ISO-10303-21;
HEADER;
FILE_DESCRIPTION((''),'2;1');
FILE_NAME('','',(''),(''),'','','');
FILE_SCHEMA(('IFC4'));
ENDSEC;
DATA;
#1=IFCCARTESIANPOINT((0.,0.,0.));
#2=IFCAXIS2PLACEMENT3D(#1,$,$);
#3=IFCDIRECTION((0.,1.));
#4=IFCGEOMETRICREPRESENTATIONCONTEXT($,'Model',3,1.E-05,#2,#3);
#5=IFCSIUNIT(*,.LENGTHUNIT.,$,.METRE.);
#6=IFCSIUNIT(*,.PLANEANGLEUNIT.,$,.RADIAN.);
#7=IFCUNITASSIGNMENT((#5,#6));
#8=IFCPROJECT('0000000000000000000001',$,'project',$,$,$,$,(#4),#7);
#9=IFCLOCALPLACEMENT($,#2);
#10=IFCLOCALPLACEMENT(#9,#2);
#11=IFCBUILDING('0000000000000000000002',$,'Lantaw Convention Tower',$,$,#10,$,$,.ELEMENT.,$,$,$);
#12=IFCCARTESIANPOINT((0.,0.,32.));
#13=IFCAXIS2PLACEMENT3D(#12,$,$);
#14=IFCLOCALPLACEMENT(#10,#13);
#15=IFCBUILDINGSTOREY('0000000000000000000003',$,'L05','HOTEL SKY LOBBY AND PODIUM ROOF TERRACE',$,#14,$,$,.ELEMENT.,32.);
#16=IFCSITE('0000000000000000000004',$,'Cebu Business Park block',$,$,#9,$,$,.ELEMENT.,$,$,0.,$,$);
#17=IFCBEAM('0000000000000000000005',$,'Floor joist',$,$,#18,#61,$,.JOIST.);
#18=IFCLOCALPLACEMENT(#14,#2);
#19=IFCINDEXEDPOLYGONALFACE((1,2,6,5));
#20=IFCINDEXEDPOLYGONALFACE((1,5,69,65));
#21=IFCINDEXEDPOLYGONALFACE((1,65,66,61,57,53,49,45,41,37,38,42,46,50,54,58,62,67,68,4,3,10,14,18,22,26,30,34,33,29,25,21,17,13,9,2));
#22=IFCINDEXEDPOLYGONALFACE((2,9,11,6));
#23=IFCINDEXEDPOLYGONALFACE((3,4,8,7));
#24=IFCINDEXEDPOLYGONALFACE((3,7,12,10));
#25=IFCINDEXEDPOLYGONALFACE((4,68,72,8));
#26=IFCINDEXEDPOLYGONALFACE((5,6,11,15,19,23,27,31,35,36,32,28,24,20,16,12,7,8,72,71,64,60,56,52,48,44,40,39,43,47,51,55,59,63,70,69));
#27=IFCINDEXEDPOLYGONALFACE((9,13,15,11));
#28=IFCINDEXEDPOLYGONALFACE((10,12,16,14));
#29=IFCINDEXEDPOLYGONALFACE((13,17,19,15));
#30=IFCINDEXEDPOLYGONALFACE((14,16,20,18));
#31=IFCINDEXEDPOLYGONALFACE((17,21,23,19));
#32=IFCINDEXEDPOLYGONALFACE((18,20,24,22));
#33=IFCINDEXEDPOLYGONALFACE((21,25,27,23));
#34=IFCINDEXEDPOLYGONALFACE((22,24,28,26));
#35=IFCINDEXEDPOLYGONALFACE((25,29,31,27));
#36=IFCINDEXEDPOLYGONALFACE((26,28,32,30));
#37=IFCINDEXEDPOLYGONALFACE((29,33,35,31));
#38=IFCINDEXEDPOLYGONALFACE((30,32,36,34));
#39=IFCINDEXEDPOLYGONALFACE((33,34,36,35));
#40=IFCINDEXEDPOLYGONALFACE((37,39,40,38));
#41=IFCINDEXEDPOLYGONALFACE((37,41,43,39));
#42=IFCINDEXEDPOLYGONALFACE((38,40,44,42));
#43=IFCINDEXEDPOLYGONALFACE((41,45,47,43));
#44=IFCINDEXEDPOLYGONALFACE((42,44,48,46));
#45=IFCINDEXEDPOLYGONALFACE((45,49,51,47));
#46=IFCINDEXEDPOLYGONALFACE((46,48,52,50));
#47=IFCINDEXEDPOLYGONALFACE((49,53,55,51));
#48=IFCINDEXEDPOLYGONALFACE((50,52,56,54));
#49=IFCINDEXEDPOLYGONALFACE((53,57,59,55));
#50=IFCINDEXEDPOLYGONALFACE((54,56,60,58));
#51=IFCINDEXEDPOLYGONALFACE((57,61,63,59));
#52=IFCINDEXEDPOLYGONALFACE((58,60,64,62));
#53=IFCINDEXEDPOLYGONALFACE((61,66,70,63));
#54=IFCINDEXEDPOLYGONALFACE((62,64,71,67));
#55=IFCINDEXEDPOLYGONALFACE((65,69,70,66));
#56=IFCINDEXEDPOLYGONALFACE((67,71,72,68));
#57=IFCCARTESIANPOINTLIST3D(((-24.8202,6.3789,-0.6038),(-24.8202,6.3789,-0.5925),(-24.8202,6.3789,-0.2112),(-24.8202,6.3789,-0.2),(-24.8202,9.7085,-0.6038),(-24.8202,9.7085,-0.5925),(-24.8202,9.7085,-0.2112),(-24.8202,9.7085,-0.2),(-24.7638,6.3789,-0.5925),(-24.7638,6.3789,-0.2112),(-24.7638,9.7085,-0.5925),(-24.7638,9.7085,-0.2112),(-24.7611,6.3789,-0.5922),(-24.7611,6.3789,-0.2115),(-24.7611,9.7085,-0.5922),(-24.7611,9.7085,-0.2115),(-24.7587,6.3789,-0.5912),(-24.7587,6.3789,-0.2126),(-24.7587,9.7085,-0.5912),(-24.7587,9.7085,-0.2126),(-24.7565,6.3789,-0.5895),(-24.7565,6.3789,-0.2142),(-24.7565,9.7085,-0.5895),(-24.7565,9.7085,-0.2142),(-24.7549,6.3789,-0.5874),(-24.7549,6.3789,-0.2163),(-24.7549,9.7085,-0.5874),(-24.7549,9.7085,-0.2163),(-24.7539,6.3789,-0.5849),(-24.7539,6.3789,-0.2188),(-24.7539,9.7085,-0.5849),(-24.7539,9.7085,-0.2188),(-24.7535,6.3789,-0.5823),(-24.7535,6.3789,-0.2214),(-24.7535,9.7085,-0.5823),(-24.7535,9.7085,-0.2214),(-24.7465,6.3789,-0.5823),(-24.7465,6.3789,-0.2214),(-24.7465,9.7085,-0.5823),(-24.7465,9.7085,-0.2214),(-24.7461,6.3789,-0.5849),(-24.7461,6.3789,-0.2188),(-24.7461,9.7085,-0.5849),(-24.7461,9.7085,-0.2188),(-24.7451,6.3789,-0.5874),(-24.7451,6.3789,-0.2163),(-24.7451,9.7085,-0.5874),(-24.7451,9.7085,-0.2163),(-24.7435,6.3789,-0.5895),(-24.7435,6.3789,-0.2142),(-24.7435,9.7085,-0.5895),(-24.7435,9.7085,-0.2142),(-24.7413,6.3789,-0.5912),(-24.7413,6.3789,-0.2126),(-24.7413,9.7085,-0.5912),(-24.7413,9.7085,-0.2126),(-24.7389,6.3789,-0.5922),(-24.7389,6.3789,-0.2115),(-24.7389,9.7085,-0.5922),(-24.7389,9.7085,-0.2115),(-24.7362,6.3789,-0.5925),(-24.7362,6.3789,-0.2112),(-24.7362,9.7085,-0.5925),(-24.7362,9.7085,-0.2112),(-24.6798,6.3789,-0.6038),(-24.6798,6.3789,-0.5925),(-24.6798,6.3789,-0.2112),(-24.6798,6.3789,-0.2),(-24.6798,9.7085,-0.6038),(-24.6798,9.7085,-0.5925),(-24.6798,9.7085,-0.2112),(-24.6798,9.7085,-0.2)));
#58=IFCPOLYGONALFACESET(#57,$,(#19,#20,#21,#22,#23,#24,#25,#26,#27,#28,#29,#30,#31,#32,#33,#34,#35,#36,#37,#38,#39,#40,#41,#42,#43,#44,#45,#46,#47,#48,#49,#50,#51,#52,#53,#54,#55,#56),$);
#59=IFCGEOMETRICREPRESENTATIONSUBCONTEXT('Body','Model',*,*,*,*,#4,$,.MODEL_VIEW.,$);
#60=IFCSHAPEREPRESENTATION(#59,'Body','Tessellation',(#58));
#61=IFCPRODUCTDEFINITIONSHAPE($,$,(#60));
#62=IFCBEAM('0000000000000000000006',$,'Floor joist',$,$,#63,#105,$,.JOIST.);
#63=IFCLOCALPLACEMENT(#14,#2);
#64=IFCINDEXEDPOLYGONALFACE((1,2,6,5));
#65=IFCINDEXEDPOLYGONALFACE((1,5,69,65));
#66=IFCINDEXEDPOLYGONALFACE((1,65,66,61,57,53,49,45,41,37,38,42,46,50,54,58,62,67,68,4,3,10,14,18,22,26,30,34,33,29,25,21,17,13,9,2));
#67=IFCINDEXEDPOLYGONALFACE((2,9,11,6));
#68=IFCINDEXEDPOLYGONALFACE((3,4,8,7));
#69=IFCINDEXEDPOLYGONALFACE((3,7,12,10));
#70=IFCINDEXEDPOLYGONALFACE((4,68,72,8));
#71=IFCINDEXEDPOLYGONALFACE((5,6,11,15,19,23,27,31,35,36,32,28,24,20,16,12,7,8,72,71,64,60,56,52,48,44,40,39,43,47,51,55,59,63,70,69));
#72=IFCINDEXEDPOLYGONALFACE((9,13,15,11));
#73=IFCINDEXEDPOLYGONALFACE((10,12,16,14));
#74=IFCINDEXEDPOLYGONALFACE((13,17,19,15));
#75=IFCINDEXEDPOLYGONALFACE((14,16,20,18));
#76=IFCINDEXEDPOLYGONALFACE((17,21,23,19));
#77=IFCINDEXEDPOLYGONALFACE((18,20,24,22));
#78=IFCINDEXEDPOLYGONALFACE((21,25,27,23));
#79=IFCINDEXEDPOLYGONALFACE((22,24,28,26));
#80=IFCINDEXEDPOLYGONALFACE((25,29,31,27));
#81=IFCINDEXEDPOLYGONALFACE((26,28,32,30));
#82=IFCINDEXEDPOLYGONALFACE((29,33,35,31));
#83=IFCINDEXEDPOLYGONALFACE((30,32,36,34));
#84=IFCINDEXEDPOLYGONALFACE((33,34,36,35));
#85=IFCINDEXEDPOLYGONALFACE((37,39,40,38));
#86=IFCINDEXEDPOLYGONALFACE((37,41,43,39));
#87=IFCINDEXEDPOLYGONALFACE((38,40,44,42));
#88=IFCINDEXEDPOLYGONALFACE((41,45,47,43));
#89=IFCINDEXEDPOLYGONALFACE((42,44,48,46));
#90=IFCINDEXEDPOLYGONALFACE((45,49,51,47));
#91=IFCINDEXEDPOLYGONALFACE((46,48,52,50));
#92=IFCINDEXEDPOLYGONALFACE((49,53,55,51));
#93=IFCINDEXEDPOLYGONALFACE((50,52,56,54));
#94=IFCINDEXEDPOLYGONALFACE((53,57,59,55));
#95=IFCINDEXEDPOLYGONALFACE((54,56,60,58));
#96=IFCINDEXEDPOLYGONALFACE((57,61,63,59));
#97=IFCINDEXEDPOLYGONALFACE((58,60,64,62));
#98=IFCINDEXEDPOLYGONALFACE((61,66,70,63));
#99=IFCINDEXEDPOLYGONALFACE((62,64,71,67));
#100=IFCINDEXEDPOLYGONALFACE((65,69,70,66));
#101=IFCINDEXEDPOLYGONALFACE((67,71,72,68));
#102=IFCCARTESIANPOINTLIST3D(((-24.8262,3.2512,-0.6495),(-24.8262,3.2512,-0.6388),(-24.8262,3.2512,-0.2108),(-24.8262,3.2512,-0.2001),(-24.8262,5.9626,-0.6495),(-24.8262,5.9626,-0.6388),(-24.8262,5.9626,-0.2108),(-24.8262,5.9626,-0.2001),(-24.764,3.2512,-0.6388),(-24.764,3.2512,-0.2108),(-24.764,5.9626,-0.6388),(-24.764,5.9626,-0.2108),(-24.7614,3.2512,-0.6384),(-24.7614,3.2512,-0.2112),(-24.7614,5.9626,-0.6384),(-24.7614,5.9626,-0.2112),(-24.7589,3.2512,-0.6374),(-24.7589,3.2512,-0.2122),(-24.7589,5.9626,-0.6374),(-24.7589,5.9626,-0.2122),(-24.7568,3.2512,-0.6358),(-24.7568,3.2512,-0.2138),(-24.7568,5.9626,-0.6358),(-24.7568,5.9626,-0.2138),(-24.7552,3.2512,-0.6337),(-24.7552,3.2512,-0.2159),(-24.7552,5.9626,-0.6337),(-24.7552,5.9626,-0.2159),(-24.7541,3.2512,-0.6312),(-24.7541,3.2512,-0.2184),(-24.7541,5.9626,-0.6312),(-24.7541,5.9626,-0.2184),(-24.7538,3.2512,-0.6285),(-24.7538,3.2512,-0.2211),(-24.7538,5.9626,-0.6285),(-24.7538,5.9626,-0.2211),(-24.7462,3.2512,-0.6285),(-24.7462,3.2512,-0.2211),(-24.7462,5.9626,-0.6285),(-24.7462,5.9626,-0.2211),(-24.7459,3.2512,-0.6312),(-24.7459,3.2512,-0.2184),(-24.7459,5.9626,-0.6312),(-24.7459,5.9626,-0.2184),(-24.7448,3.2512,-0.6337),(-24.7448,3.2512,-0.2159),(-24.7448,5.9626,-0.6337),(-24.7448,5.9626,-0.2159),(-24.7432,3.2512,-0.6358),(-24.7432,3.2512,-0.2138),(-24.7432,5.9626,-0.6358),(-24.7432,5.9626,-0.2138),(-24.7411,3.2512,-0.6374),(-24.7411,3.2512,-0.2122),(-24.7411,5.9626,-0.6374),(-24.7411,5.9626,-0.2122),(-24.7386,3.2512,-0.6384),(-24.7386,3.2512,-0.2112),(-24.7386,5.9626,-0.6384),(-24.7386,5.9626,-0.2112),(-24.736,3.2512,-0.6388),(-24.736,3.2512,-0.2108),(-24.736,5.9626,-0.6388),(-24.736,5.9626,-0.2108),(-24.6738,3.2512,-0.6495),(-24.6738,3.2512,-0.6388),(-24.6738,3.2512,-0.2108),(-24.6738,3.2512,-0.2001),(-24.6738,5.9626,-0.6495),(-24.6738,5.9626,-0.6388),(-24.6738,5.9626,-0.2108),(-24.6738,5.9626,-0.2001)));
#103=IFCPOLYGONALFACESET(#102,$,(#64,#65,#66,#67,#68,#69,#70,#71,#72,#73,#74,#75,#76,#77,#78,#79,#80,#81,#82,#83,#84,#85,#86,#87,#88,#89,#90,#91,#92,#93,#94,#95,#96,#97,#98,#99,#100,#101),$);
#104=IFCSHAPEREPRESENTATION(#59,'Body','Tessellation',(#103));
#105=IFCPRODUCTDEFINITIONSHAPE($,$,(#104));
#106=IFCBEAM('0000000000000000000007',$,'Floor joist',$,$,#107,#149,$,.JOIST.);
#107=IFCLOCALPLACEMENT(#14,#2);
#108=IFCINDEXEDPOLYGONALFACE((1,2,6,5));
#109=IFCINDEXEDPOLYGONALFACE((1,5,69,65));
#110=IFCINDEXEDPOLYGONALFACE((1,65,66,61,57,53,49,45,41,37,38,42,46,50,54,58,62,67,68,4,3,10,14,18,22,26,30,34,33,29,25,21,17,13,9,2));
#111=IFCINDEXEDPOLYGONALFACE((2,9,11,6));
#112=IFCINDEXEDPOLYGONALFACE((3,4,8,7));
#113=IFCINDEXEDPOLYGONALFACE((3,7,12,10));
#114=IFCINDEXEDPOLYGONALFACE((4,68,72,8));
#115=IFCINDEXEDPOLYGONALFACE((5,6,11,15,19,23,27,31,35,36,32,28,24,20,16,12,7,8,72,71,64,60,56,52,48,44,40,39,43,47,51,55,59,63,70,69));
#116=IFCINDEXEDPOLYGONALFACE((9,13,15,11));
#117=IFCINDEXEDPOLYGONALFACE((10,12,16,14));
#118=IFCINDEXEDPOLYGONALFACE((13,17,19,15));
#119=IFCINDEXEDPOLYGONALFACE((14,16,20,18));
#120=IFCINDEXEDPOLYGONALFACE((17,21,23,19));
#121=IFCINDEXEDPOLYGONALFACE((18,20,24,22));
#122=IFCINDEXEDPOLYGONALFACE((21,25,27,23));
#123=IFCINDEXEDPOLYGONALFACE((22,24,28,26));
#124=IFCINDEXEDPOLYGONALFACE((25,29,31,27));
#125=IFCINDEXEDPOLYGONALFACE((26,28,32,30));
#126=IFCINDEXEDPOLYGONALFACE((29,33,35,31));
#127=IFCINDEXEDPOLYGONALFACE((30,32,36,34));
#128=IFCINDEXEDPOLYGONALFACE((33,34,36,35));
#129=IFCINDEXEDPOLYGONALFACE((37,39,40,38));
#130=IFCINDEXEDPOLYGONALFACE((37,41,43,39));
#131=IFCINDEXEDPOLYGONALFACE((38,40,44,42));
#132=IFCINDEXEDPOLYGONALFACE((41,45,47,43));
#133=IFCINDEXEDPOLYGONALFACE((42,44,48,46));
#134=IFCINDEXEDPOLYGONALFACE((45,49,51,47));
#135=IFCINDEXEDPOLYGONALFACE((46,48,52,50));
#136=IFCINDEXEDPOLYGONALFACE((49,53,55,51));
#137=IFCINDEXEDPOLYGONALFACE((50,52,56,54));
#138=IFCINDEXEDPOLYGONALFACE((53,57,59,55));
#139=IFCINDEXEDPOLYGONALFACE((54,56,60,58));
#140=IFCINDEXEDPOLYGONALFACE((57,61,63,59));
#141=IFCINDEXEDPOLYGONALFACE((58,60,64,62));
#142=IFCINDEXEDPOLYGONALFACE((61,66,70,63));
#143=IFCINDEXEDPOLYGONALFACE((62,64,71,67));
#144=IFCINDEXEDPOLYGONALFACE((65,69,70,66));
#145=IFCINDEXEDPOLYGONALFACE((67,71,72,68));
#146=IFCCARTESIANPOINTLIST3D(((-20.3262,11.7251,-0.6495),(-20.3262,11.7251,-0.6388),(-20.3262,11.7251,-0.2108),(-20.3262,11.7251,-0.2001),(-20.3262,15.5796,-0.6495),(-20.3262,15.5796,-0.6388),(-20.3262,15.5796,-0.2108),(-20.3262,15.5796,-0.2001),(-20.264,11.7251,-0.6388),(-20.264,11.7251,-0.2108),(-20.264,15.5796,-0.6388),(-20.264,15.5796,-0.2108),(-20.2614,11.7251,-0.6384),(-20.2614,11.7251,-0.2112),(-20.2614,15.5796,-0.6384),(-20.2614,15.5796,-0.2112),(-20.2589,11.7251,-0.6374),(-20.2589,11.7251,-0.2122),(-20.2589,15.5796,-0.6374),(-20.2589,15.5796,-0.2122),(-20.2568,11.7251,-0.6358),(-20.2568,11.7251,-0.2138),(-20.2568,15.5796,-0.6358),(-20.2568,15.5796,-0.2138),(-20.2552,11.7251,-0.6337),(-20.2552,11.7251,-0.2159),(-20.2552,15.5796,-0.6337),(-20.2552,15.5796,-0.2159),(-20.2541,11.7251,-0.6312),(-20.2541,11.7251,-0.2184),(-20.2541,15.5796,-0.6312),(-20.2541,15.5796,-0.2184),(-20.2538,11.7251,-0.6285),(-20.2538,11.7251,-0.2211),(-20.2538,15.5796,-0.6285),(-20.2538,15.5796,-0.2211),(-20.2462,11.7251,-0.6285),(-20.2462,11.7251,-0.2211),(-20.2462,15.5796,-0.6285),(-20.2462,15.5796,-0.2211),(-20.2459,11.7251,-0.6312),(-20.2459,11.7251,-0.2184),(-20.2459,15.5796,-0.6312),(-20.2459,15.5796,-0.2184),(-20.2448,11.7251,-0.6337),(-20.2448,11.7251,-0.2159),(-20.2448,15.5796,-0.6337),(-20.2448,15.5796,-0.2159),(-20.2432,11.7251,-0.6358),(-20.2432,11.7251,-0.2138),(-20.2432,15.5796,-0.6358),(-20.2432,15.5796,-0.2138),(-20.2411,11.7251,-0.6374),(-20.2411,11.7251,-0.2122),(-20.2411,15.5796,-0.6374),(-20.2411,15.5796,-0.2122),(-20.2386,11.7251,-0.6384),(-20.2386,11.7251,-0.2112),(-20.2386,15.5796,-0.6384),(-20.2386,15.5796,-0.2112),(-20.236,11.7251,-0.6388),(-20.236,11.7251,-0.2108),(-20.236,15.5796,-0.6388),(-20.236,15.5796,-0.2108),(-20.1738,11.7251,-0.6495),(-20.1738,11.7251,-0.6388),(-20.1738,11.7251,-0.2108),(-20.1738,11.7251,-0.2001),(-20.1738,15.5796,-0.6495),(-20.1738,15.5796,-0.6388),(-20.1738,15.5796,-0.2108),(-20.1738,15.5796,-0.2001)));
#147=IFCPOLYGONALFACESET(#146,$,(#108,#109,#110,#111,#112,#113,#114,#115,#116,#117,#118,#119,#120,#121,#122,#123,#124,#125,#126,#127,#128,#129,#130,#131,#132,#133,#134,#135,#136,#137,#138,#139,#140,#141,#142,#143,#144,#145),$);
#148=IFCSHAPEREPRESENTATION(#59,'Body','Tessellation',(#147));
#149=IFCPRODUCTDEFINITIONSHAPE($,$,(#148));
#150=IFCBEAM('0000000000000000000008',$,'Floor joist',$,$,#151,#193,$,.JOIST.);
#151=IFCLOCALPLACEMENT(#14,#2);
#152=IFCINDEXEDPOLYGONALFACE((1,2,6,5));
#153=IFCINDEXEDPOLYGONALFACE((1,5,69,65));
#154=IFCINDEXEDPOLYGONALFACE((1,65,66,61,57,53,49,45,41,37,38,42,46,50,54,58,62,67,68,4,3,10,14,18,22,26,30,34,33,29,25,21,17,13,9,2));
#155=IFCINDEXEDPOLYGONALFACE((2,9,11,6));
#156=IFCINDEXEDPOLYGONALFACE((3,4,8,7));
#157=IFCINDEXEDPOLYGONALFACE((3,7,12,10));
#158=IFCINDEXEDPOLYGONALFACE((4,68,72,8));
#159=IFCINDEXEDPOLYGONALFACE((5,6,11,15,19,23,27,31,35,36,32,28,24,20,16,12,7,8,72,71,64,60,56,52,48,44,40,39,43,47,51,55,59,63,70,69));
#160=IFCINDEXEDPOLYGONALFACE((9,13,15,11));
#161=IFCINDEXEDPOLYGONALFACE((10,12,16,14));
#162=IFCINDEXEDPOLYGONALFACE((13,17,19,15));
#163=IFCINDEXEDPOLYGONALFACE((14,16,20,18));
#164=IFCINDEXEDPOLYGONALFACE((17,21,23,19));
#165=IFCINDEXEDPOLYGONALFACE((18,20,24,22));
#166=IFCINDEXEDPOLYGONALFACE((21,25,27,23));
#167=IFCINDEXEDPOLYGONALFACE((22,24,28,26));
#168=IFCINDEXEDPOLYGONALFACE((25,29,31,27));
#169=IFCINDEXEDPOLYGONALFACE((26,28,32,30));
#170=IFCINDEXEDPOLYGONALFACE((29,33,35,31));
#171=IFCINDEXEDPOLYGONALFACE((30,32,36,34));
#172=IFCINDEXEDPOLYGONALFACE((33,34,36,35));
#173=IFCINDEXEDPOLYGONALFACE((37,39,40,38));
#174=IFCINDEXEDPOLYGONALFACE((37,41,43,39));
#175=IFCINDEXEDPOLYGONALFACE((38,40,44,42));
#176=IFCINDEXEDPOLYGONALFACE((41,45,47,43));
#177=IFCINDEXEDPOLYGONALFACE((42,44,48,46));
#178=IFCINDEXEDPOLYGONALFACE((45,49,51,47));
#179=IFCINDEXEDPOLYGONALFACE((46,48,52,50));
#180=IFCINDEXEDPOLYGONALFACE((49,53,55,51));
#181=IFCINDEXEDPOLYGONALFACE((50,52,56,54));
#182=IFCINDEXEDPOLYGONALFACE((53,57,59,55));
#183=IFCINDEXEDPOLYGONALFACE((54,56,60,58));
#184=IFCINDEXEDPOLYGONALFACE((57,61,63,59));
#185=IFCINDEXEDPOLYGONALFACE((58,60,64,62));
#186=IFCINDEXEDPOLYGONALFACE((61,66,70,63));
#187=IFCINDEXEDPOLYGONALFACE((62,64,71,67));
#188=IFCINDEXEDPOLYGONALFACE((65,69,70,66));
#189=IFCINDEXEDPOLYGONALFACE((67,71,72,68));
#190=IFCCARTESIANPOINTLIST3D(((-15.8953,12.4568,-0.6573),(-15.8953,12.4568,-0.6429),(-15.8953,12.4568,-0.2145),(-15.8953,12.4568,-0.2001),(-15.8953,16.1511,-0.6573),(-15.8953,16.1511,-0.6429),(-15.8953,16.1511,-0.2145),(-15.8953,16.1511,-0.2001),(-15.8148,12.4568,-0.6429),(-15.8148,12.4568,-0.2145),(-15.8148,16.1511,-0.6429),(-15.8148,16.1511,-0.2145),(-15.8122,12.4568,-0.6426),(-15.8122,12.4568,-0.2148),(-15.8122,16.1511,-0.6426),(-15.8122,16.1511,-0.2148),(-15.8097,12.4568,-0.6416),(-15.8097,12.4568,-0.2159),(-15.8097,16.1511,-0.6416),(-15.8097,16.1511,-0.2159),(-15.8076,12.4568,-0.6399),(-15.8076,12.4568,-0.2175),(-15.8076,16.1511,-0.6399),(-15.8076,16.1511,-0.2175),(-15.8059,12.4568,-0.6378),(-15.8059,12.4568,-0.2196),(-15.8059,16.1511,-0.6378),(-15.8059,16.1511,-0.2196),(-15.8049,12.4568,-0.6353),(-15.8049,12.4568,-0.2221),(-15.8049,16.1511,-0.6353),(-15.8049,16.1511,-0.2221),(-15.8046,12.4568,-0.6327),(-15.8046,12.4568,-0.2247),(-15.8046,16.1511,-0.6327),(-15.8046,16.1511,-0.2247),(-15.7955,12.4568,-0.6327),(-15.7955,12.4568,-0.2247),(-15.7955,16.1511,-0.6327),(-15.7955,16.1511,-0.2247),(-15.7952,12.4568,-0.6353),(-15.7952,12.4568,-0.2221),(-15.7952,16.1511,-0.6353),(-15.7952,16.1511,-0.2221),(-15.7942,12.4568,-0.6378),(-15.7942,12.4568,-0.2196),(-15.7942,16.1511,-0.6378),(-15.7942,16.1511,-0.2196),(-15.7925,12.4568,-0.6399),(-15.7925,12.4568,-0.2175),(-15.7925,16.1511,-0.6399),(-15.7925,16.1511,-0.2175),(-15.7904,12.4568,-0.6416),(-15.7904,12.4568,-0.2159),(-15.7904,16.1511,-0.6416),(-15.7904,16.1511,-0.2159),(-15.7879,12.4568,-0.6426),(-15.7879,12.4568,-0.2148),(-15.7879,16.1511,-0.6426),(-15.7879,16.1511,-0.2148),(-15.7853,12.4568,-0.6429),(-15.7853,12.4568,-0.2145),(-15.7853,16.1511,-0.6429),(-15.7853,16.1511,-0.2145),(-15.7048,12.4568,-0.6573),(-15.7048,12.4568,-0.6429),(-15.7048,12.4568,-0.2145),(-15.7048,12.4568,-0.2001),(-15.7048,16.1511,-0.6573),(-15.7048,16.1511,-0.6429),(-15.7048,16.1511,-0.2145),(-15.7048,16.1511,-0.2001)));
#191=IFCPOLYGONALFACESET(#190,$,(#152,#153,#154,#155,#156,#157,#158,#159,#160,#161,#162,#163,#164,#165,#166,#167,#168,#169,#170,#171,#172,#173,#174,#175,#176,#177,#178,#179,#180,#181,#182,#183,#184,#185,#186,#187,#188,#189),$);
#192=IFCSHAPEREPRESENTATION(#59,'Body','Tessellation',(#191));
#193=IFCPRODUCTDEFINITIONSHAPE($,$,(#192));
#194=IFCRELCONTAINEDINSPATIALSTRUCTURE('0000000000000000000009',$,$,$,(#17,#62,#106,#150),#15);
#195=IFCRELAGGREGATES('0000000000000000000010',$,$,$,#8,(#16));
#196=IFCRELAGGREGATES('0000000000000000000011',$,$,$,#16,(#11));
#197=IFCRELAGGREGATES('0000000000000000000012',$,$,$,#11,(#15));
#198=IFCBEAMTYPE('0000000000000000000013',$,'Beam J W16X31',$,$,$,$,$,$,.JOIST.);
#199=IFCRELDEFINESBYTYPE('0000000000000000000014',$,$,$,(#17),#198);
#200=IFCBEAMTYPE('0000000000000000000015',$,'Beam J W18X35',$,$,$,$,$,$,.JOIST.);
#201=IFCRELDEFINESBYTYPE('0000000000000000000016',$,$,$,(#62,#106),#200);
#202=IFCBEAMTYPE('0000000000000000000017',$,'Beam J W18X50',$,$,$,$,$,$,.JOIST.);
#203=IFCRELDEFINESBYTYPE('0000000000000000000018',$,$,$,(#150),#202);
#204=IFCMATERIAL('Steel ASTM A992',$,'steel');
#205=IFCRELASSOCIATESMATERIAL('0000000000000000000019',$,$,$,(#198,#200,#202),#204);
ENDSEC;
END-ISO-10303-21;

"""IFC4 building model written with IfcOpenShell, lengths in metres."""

from ifc_helpers import new_model, si_unit, direction, frame, origin, origin_2d, place, context, subcontext, project, spatial, i_section, extrude, material, material_profile, profile_set, type_object, element, save


model = new_model("IFC4")

# Units and contexts
model_context = context("Model", 3, precision=1e-05, world=origin(), true_north=direction((0.0, 1.0)))
body_context = subcontext(model_context, "Body", "Model", "MODEL_VIEW")
ifc_project = project(units=[si_unit("LENGTHUNIT", "METRE"), si_unit("PLANEANGLEUNIT", "RADIAN")], contexts=[model_context])

# Site, building, storey
site_placement = place(None, origin())
site = spatial("IfcSite", under=ifc_project, at=site_placement, Name="Cebu Business Park block", CompositionType="ELEMENT", RefElevation=0.0)
building_placement = place(site_placement, origin())
building = spatial("IfcBuilding", under=site, at=building_placement, Name="Lantaw Convention Tower", CompositionType="ELEMENT")
storey_placement = place(building_placement, frame((0.0, 0.0, 32.0)))
storey = spatial("IfcBuildingStorey", under=building, at=storey_placement, Name="L05", Description="HOTEL SKY LOBBY AND PODIUM ROOF TERRACE", CompositionType="ELEMENT", Elevation=32.0)

# Beams
ifc_material_1 = material(Name="Steel ASTM A992", Category="steel")
ifc_material_profile_1 = material_profile(ifc_material_1, i_section(OverallWidth=0.1404, OverallDepth=0.4038, WebThickness=0.0071, FlangeThickness=0.0112, FilletRadius=0.0103, at=origin_2d()), Name="W16X31")
ifc_profile_set_1 = profile_set([ifc_material_profile_1], Name="Steel ASTM A992")
beam_type_1 = type_object("IfcBeamType", Name="Beam J W16X31", PredefinedType="JOIST", material=ifc_profile_set_1)
beam_1_placement = place(storey_placement, frame((-24.75, 6.3789, -0.4019), z_axis=(0.0, 1.0, 0.0), x_axis=(-1.0, 0.0, 0.0)))
element("IfcBeam", 1, at=beam_1_placement, inside=storey, type_object=beam_type_1, Name="Floor joist", PredefinedType="JOIST", context=body_context, shape_type="SweptSolid", body=[
    extrude(i_section(OverallWidth=0.1404, OverallDepth=0.4038, WebThickness=0.0071, FlangeThickness=0.0112, FilletRadius=0.0103, at=origin_2d()), origin(), (0.0, 0.0, 1.0), 3.3296),
])
ifc_material_profile_2 = material_profile(ifc_material_1, i_section(OverallWidth=0.1523, OverallDepth=0.4495, WebThickness=0.0076, FlangeThickness=0.0107, FilletRadius=0.0103, at=origin_2d()), Name="W18X35")
ifc_profile_set_2 = profile_set([ifc_material_profile_2], Name="Steel ASTM A992")
beam_type_2 = type_object("IfcBeamType", Name="Beam J W18X35", PredefinedType="JOIST", material=ifc_profile_set_2)
beam_2_placement = place(storey_placement, frame((-24.75, 3.2512, -0.4248), z_axis=(0.0, 1.0, 0.0), x_axis=(-1.0, 0.0, 0.0)))
element("IfcBeam", 2, at=beam_2_placement, inside=storey, type_object=beam_type_2, Name="Floor joist", PredefinedType="JOIST", context=body_context, shape_type="SweptSolid", body=[
    extrude(i_section(OverallWidth=0.1523, OverallDepth=0.4495, WebThickness=0.0076, FlangeThickness=0.0107, FilletRadius=0.0103, at=origin_2d()), origin(), (0.0, 0.0, 1.0), 2.7114),
])
beam_3_placement = place(storey_placement, frame((-20.25, 11.7251, -0.4248), z_axis=(0.0, 1.0, 0.0), x_axis=(-1.0, 0.0, 0.0)))
element("IfcBeam", 3, at=beam_3_placement, inside=storey, type_object=beam_type_2, Name="Floor joist", PredefinedType="JOIST", context=body_context, shape_type="SweptSolid", body=[
    extrude(i_section(OverallWidth=0.1523, OverallDepth=0.4495, WebThickness=0.0076, FlangeThickness=0.0107, FilletRadius=0.0103, at=origin_2d()), origin(), (0.0, 0.0, 1.0), 3.8545),
])
ifc_material_profile_3 = material_profile(ifc_material_1, i_section(OverallWidth=0.1904, OverallDepth=0.4573, WebThickness=0.009, FlangeThickness=0.0144, FilletRadius=0.0103, at=origin_2d()), Name="W18X50")
ifc_profile_set_3 = profile_set([ifc_material_profile_3], Name="Steel ASTM A992")
beam_type_3 = type_object("IfcBeamType", Name="Beam J W18X50", PredefinedType="JOIST", material=ifc_profile_set_3)
beam_4_placement = place(storey_placement, frame((-15.8, 12.4568, -0.4287), z_axis=(0.0, 1.0, 0.0), x_axis=(-1.0, 0.0, 0.0)))
element("IfcBeam", 4, at=beam_4_placement, inside=storey, type_object=beam_type_3, Name="Floor joist", PredefinedType="JOIST", context=body_context, shape_type="SweptSolid", body=[
    extrude(i_section(OverallWidth=0.1904, OverallDepth=0.4573, WebThickness=0.009, FlangeThickness=0.0144, FilletRadius=0.0103, at=origin_2d()), origin(), (0.0, 0.0, 1.0), 3.6943),
])

save(model, "model.ifc")
